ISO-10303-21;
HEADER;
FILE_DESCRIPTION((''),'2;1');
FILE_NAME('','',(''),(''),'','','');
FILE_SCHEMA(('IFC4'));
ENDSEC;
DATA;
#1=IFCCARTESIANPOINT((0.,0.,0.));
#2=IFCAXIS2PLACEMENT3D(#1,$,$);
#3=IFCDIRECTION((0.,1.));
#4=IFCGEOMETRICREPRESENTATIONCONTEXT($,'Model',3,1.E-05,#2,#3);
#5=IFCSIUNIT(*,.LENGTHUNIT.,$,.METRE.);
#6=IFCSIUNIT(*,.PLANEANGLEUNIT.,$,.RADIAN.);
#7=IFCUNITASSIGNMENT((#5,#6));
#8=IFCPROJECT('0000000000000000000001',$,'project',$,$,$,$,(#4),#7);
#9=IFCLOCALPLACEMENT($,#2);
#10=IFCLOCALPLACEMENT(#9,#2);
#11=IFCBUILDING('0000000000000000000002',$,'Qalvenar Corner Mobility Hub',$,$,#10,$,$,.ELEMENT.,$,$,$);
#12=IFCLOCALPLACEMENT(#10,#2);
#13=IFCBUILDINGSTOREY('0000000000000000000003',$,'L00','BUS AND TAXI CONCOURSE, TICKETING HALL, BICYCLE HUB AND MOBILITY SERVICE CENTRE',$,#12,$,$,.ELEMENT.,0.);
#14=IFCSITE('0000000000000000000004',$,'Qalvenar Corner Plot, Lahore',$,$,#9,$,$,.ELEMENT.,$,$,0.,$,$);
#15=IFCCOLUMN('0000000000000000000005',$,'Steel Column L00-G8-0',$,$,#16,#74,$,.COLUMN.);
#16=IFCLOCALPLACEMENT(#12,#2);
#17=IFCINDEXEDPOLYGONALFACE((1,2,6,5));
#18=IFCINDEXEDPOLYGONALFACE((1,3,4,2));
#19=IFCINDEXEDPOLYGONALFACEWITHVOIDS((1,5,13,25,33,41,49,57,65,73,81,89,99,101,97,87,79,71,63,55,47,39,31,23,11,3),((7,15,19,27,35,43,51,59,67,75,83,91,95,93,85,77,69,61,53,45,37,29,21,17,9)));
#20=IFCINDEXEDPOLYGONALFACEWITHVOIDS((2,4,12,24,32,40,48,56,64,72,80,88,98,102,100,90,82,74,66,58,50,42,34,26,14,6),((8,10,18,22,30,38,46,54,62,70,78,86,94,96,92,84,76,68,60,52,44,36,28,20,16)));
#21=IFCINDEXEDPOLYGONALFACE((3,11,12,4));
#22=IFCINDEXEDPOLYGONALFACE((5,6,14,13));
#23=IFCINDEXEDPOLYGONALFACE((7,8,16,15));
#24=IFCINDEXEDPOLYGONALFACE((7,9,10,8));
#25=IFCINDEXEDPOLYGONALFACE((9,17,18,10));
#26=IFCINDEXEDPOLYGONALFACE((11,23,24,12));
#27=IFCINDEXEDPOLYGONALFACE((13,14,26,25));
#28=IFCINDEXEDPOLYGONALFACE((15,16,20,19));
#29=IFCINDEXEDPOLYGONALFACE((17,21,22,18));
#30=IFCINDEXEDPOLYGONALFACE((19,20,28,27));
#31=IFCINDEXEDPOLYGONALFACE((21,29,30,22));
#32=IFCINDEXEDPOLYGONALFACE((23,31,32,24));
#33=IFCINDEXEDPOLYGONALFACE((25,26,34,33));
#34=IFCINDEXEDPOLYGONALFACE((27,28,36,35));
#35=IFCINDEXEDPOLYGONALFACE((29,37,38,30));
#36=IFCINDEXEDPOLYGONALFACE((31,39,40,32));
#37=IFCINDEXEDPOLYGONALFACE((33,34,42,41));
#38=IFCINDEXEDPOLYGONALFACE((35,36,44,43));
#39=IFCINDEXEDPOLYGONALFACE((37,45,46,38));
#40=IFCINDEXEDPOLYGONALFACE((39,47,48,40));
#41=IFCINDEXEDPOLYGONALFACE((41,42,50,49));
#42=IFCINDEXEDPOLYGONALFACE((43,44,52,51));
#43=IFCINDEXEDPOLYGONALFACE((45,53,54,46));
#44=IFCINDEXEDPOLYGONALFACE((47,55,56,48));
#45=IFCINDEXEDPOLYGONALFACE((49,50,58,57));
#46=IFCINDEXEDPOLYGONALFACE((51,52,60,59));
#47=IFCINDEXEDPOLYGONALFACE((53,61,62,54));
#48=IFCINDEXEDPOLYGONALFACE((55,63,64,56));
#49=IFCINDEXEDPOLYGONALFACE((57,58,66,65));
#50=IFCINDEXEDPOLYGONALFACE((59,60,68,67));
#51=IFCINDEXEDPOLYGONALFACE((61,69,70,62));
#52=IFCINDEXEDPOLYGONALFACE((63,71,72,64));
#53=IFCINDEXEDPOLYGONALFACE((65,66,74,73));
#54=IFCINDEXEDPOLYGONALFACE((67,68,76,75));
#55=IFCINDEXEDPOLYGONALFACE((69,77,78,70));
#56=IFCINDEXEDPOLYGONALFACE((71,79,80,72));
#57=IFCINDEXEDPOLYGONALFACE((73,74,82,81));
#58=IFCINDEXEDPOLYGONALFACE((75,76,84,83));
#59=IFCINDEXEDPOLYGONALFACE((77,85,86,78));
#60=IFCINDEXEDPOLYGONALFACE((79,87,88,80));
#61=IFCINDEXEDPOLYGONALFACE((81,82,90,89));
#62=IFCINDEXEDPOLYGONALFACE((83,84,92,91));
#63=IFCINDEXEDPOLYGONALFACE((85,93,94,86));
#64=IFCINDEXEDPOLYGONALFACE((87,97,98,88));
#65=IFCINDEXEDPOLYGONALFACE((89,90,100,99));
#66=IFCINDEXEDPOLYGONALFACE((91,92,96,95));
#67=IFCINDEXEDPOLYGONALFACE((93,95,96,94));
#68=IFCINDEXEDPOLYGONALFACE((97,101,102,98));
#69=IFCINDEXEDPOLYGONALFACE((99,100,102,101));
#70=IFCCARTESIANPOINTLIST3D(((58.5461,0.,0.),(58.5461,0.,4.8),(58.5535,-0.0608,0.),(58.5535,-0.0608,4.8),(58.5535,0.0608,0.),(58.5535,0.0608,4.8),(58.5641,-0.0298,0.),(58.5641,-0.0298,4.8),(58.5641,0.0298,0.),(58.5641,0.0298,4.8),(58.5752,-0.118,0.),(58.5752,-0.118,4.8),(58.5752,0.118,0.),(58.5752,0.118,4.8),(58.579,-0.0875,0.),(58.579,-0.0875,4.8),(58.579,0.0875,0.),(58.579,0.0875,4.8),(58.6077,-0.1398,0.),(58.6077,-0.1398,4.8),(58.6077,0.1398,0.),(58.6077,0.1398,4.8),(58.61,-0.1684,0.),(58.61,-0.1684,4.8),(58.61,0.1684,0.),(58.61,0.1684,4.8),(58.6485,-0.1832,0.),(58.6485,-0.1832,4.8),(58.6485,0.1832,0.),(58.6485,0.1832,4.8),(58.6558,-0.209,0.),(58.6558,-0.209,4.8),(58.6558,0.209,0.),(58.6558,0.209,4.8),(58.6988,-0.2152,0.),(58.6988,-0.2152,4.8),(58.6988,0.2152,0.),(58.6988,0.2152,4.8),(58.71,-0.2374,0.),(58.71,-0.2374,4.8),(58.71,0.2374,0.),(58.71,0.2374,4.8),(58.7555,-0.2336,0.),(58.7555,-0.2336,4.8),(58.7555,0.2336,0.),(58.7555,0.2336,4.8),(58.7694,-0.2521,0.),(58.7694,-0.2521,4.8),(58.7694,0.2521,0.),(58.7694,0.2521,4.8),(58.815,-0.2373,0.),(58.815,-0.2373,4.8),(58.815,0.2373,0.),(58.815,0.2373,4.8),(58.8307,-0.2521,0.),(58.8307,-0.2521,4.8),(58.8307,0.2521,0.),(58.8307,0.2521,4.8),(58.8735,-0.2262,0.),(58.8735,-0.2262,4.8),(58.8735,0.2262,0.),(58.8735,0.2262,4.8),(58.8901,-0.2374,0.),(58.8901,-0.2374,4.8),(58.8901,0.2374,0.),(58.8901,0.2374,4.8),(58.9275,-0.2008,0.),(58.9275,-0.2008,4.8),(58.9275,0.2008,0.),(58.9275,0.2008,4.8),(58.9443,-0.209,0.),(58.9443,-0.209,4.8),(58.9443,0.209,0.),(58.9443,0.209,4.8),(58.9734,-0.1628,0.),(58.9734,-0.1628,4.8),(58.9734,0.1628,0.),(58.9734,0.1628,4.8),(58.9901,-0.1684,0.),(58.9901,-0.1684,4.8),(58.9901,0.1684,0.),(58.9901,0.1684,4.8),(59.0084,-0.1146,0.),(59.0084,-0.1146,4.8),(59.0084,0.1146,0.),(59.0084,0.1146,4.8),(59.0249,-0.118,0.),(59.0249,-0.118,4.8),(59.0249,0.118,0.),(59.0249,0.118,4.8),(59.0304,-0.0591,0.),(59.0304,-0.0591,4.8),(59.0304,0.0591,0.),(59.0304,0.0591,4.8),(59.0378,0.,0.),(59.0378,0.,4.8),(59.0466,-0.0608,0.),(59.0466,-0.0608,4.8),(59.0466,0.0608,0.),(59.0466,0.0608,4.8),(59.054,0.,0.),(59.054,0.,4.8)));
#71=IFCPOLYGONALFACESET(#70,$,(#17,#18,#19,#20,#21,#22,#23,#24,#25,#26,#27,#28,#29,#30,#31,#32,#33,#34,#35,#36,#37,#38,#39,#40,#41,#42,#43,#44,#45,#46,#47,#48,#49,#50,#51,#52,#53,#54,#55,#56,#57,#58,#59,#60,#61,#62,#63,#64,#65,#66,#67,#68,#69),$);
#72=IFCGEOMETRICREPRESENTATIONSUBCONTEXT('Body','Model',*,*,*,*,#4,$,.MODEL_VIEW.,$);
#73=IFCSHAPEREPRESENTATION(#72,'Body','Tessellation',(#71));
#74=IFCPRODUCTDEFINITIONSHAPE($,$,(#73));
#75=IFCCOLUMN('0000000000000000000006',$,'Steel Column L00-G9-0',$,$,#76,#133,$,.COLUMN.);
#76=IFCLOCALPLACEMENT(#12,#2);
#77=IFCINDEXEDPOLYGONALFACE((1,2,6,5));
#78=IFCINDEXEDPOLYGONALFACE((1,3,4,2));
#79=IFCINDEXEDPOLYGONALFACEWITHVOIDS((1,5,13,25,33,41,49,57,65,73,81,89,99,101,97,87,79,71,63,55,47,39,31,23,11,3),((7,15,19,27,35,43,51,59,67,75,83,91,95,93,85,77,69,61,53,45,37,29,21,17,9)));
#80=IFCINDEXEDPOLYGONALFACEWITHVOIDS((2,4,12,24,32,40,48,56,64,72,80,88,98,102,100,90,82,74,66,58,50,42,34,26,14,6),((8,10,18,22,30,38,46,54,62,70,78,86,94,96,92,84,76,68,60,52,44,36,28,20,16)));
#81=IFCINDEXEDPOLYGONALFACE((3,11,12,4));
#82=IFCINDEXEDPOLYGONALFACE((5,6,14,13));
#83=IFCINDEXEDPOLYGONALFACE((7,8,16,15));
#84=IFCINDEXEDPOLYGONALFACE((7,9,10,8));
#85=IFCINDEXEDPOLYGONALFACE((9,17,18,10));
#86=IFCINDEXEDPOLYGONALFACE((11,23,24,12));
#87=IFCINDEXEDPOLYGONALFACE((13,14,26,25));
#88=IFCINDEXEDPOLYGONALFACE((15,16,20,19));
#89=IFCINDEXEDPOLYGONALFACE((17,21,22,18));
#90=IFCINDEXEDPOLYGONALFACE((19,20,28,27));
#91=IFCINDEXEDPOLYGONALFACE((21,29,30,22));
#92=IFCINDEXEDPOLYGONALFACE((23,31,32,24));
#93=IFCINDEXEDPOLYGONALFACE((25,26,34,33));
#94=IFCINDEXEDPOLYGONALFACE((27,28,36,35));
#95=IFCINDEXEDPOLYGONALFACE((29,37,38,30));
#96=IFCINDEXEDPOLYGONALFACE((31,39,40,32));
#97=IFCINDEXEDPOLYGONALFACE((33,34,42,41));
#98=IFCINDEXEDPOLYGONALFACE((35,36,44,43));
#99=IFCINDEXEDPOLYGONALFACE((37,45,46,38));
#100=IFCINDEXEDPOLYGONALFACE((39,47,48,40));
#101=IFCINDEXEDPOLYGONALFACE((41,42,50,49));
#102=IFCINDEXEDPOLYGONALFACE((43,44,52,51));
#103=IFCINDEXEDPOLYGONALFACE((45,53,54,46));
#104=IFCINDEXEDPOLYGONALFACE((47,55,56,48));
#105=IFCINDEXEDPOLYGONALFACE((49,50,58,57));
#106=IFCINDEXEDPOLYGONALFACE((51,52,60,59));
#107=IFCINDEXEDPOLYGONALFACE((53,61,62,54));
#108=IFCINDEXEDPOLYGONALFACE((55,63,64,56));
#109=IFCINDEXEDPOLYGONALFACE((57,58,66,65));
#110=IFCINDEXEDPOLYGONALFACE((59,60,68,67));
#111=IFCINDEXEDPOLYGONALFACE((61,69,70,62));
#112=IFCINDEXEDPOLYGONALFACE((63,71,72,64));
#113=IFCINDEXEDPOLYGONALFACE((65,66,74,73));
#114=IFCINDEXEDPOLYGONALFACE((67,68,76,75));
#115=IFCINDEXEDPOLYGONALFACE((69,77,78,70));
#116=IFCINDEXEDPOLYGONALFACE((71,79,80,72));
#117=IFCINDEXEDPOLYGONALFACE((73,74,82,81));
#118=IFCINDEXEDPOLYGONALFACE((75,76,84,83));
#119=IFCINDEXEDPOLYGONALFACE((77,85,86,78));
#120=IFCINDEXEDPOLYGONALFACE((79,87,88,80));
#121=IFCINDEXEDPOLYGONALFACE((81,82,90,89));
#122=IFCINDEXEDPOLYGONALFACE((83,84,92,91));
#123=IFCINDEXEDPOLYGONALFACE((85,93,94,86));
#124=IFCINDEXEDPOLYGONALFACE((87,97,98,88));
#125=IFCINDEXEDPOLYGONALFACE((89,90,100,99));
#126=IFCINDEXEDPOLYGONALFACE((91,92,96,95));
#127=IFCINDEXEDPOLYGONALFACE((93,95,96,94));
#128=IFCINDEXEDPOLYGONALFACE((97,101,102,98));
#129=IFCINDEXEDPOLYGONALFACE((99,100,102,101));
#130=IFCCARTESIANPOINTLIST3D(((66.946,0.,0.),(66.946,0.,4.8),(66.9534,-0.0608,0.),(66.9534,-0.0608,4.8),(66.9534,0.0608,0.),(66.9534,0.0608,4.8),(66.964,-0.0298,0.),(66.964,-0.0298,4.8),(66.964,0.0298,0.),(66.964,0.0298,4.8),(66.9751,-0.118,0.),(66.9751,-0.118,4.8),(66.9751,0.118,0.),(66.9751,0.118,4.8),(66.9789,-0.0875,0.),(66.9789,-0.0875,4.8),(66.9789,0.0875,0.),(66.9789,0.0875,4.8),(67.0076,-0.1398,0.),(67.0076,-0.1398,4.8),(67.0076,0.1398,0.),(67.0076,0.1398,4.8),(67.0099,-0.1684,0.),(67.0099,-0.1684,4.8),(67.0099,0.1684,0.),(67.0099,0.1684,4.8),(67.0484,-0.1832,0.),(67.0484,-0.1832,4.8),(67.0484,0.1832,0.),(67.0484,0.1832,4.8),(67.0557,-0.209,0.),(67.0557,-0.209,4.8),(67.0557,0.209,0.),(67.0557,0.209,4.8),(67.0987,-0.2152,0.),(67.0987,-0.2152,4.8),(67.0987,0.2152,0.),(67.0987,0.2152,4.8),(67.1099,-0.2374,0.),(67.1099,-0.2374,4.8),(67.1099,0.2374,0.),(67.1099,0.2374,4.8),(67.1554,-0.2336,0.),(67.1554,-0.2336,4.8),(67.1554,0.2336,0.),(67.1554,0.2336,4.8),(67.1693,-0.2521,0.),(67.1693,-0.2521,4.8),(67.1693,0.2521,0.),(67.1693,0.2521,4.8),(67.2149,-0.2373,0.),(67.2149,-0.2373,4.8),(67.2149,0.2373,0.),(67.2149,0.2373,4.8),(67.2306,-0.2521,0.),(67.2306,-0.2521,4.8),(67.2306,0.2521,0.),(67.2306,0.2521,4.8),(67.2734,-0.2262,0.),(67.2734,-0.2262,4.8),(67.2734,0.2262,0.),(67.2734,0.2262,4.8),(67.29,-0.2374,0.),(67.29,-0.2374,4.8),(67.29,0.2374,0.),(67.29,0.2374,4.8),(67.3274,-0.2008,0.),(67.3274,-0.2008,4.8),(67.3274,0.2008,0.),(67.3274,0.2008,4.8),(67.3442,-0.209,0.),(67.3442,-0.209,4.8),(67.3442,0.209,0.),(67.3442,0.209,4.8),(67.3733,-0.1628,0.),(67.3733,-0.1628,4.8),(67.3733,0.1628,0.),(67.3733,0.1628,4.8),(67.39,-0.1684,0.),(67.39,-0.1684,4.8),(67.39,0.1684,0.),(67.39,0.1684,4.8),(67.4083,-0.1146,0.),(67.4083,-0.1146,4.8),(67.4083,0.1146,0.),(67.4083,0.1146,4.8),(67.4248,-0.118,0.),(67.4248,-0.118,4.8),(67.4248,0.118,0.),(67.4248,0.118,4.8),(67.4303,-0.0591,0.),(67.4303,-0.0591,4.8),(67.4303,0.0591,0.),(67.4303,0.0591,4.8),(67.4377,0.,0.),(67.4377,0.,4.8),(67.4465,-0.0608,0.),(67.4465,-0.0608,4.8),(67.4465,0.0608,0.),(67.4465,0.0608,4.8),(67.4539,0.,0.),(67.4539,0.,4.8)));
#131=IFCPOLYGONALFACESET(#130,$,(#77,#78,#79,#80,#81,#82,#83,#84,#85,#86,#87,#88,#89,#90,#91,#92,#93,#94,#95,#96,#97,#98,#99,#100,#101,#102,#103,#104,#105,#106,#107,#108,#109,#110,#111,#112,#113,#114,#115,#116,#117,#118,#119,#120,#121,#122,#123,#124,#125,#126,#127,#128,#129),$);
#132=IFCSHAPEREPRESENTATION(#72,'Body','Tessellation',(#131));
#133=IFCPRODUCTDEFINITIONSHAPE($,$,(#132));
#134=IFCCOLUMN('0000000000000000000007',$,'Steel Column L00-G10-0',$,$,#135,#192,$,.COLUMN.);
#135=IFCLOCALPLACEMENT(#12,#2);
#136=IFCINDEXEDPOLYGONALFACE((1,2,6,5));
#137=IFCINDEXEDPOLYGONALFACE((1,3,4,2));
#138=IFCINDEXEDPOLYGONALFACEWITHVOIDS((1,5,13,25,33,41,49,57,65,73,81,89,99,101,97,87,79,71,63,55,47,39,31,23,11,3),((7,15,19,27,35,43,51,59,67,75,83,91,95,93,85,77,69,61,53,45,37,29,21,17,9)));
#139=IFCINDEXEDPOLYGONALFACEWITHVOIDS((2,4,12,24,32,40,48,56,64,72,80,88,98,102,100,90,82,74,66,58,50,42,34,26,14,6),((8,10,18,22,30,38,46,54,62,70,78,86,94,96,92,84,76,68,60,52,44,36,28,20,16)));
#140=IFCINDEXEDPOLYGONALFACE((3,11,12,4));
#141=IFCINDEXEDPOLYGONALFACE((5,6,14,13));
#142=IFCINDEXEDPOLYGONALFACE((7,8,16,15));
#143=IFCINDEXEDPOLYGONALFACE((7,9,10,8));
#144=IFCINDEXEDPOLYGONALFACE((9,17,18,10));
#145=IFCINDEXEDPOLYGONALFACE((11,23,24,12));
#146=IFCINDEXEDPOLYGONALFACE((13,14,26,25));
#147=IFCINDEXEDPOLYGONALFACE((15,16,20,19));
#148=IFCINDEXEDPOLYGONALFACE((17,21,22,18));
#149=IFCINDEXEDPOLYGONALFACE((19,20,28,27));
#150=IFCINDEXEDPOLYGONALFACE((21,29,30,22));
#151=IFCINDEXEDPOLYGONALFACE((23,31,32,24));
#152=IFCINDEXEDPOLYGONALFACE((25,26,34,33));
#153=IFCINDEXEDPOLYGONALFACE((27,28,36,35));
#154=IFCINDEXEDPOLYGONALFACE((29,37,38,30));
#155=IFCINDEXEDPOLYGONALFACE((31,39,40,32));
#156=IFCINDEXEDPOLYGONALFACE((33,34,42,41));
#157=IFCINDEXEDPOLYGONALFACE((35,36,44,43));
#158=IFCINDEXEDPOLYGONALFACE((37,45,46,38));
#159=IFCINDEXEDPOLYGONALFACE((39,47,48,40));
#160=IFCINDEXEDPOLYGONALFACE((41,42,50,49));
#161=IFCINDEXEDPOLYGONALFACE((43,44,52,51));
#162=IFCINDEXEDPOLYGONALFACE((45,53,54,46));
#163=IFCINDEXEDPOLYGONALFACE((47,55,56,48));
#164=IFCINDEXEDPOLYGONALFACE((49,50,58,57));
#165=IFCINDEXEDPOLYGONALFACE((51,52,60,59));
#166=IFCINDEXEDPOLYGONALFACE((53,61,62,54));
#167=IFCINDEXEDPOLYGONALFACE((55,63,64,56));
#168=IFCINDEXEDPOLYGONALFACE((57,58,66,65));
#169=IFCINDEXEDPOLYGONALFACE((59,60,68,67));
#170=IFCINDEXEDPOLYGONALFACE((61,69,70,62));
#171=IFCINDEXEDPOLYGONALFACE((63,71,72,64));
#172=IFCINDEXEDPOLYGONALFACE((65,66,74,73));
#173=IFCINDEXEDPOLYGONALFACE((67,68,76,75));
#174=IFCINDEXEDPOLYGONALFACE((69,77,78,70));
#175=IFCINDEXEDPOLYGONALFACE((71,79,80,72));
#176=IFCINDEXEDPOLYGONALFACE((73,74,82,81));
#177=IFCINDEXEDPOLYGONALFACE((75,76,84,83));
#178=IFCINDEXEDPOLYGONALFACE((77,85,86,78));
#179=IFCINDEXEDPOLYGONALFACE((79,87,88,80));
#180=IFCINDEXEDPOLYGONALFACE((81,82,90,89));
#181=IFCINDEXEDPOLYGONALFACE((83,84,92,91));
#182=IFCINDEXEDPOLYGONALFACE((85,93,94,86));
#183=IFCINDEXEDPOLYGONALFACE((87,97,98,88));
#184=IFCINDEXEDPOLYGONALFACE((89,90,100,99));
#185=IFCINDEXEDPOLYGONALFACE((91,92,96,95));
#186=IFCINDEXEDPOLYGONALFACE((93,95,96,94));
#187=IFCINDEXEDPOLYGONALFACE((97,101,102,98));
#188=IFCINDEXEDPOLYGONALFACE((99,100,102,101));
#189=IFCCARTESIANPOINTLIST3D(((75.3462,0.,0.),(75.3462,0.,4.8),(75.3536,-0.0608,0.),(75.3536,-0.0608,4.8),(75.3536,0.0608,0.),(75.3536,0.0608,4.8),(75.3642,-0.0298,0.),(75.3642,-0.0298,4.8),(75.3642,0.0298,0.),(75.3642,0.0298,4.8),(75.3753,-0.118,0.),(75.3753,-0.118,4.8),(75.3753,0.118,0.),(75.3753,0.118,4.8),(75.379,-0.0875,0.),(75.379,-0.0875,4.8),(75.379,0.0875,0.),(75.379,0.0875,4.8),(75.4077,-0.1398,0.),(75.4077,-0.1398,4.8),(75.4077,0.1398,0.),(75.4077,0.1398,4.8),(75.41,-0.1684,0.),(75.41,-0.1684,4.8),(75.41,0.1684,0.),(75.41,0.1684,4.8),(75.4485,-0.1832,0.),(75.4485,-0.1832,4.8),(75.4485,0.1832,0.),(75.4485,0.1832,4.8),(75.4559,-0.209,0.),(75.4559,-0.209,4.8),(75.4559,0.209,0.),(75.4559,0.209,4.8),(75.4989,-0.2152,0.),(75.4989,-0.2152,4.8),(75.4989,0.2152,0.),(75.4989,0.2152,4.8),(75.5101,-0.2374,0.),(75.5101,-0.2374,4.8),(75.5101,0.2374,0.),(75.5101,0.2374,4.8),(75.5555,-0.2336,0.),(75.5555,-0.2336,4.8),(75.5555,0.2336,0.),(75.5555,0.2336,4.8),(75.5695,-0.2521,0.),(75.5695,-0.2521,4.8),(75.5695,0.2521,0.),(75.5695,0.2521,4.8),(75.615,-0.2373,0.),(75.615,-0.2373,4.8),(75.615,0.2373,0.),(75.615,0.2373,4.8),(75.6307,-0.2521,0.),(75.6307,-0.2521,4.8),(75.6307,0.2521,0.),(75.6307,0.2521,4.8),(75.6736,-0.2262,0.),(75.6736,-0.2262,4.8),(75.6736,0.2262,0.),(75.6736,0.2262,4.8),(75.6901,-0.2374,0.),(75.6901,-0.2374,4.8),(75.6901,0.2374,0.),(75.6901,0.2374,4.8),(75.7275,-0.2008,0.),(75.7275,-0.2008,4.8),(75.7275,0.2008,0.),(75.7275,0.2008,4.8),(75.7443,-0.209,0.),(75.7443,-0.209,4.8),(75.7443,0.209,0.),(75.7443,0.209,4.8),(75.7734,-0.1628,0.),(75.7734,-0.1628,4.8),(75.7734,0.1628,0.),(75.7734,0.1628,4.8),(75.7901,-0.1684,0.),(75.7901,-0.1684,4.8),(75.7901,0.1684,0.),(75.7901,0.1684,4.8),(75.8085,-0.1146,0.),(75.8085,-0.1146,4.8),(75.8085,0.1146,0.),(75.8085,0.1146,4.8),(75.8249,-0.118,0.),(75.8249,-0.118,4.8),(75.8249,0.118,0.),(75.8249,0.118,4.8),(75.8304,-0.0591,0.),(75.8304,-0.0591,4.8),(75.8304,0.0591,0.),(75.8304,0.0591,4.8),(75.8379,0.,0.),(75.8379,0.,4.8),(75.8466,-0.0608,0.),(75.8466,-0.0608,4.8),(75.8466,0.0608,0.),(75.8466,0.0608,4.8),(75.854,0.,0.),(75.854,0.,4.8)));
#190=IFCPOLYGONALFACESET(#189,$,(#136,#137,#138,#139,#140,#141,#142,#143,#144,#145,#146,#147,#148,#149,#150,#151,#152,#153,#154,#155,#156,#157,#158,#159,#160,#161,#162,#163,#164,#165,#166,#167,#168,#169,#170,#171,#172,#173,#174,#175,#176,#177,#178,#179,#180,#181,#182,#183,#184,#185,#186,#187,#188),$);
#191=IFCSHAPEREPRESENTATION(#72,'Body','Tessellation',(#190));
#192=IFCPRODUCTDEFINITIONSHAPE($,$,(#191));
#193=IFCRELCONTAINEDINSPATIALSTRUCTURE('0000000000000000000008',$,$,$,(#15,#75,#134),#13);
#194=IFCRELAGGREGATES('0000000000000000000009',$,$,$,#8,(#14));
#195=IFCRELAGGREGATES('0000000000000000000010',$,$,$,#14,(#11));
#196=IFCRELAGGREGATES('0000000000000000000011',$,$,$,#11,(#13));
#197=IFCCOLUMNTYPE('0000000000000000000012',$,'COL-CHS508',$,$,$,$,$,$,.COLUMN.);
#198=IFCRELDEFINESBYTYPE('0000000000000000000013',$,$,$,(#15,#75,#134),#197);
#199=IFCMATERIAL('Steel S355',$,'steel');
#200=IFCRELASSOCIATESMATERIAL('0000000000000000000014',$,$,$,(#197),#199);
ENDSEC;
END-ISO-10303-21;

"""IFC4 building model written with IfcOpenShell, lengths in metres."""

from ifc_helpers import new_model, si_unit, direction, frame, origin, origin_2d, place, context, subcontext, project, spatial, hollow_circle, extrude, material, material_profile, profile_set, type_object, element, save


model = new_model("IFC4")

# Units and contexts
model_context = context("Model", 3, precision=1e-05, world=origin(), true_north=direction((0.0, 1.0)))
body_context = subcontext(model_context, "Body", "Model", "MODEL_VIEW")
ifc_project = project(units=[si_unit("LENGTHUNIT", "METRE"), si_unit("PLANEANGLEUNIT", "RADIAN")], contexts=[model_context])

# Site, building, storey
site_placement = place(None, origin())
site = spatial("IfcSite", under=ifc_project, at=site_placement, Name="Qalvenar Corner Plot, Lahore", CompositionType="ELEMENT", RefElevation=0.0)
building_placement = place(site_placement, origin())
building = spatial("IfcBuilding", under=site, at=building_placement, Name="Qalvenar Corner Mobility Hub", CompositionType="ELEMENT")
storey_placement = place(building_placement, origin())
storey = spatial("IfcBuildingStorey", under=building, at=storey_placement, Name="L00", Description="BUS AND TAXI CONCOURSE, TICKETING HALL, BICYCLE HUB AND MOBILITY SERVICE CENTRE", CompositionType="ELEMENT", Elevation=0.0)

# Columns
ifc_material_1 = material(Name="Steel S355", Category="steel")
ifc_material_profile_1 = material_profile(ifc_material_1, hollow_circle(Radius=0.2539, WallThickness=0.0161, at=origin_2d()), Name="CHS508x16")
ifc_profile_set_1 = profile_set([ifc_material_profile_1], Name="Steel S355")
column_type = type_object("IfcColumnType", Name="COL-CHS508", PredefinedType="COLUMN", material=ifc_profile_set_1)
for number, where, z_axis, x_axis, name in (
    (1, (58.8, 0.0, 0.0), (0.0, 0.0, 1.0), (1.0, 0.0, 0.0), "Steel Column L00-G8-0"),
    (2, (67.2, 0.0, 0.0), (0.0, 0.0, 1.0), (1.0, 0.0, 0.0), "Steel Column L00-G9-0"),
    (3, (75.6001, 0.0, 0.0), (0.0, 0.0, 1.0), (1.0, 0.0, 0.0), "Steel Column L00-G10-0"),
):
    element("IfcColumn", number, at=place(storey_placement, frame(where, z_axis=z_axis, x_axis=x_axis)), inside=storey, type_object=column_type, Name=name, PredefinedType="COLUMN", context=body_context, shape_type="SweptSolid", body=[
        extrude(hollow_circle(Radius=0.2539, WallThickness=0.0161, at=origin_2d()), origin(), (0.0, 0.0, 1.0), 4.8),
    ])

save(model, "model.ifc")
